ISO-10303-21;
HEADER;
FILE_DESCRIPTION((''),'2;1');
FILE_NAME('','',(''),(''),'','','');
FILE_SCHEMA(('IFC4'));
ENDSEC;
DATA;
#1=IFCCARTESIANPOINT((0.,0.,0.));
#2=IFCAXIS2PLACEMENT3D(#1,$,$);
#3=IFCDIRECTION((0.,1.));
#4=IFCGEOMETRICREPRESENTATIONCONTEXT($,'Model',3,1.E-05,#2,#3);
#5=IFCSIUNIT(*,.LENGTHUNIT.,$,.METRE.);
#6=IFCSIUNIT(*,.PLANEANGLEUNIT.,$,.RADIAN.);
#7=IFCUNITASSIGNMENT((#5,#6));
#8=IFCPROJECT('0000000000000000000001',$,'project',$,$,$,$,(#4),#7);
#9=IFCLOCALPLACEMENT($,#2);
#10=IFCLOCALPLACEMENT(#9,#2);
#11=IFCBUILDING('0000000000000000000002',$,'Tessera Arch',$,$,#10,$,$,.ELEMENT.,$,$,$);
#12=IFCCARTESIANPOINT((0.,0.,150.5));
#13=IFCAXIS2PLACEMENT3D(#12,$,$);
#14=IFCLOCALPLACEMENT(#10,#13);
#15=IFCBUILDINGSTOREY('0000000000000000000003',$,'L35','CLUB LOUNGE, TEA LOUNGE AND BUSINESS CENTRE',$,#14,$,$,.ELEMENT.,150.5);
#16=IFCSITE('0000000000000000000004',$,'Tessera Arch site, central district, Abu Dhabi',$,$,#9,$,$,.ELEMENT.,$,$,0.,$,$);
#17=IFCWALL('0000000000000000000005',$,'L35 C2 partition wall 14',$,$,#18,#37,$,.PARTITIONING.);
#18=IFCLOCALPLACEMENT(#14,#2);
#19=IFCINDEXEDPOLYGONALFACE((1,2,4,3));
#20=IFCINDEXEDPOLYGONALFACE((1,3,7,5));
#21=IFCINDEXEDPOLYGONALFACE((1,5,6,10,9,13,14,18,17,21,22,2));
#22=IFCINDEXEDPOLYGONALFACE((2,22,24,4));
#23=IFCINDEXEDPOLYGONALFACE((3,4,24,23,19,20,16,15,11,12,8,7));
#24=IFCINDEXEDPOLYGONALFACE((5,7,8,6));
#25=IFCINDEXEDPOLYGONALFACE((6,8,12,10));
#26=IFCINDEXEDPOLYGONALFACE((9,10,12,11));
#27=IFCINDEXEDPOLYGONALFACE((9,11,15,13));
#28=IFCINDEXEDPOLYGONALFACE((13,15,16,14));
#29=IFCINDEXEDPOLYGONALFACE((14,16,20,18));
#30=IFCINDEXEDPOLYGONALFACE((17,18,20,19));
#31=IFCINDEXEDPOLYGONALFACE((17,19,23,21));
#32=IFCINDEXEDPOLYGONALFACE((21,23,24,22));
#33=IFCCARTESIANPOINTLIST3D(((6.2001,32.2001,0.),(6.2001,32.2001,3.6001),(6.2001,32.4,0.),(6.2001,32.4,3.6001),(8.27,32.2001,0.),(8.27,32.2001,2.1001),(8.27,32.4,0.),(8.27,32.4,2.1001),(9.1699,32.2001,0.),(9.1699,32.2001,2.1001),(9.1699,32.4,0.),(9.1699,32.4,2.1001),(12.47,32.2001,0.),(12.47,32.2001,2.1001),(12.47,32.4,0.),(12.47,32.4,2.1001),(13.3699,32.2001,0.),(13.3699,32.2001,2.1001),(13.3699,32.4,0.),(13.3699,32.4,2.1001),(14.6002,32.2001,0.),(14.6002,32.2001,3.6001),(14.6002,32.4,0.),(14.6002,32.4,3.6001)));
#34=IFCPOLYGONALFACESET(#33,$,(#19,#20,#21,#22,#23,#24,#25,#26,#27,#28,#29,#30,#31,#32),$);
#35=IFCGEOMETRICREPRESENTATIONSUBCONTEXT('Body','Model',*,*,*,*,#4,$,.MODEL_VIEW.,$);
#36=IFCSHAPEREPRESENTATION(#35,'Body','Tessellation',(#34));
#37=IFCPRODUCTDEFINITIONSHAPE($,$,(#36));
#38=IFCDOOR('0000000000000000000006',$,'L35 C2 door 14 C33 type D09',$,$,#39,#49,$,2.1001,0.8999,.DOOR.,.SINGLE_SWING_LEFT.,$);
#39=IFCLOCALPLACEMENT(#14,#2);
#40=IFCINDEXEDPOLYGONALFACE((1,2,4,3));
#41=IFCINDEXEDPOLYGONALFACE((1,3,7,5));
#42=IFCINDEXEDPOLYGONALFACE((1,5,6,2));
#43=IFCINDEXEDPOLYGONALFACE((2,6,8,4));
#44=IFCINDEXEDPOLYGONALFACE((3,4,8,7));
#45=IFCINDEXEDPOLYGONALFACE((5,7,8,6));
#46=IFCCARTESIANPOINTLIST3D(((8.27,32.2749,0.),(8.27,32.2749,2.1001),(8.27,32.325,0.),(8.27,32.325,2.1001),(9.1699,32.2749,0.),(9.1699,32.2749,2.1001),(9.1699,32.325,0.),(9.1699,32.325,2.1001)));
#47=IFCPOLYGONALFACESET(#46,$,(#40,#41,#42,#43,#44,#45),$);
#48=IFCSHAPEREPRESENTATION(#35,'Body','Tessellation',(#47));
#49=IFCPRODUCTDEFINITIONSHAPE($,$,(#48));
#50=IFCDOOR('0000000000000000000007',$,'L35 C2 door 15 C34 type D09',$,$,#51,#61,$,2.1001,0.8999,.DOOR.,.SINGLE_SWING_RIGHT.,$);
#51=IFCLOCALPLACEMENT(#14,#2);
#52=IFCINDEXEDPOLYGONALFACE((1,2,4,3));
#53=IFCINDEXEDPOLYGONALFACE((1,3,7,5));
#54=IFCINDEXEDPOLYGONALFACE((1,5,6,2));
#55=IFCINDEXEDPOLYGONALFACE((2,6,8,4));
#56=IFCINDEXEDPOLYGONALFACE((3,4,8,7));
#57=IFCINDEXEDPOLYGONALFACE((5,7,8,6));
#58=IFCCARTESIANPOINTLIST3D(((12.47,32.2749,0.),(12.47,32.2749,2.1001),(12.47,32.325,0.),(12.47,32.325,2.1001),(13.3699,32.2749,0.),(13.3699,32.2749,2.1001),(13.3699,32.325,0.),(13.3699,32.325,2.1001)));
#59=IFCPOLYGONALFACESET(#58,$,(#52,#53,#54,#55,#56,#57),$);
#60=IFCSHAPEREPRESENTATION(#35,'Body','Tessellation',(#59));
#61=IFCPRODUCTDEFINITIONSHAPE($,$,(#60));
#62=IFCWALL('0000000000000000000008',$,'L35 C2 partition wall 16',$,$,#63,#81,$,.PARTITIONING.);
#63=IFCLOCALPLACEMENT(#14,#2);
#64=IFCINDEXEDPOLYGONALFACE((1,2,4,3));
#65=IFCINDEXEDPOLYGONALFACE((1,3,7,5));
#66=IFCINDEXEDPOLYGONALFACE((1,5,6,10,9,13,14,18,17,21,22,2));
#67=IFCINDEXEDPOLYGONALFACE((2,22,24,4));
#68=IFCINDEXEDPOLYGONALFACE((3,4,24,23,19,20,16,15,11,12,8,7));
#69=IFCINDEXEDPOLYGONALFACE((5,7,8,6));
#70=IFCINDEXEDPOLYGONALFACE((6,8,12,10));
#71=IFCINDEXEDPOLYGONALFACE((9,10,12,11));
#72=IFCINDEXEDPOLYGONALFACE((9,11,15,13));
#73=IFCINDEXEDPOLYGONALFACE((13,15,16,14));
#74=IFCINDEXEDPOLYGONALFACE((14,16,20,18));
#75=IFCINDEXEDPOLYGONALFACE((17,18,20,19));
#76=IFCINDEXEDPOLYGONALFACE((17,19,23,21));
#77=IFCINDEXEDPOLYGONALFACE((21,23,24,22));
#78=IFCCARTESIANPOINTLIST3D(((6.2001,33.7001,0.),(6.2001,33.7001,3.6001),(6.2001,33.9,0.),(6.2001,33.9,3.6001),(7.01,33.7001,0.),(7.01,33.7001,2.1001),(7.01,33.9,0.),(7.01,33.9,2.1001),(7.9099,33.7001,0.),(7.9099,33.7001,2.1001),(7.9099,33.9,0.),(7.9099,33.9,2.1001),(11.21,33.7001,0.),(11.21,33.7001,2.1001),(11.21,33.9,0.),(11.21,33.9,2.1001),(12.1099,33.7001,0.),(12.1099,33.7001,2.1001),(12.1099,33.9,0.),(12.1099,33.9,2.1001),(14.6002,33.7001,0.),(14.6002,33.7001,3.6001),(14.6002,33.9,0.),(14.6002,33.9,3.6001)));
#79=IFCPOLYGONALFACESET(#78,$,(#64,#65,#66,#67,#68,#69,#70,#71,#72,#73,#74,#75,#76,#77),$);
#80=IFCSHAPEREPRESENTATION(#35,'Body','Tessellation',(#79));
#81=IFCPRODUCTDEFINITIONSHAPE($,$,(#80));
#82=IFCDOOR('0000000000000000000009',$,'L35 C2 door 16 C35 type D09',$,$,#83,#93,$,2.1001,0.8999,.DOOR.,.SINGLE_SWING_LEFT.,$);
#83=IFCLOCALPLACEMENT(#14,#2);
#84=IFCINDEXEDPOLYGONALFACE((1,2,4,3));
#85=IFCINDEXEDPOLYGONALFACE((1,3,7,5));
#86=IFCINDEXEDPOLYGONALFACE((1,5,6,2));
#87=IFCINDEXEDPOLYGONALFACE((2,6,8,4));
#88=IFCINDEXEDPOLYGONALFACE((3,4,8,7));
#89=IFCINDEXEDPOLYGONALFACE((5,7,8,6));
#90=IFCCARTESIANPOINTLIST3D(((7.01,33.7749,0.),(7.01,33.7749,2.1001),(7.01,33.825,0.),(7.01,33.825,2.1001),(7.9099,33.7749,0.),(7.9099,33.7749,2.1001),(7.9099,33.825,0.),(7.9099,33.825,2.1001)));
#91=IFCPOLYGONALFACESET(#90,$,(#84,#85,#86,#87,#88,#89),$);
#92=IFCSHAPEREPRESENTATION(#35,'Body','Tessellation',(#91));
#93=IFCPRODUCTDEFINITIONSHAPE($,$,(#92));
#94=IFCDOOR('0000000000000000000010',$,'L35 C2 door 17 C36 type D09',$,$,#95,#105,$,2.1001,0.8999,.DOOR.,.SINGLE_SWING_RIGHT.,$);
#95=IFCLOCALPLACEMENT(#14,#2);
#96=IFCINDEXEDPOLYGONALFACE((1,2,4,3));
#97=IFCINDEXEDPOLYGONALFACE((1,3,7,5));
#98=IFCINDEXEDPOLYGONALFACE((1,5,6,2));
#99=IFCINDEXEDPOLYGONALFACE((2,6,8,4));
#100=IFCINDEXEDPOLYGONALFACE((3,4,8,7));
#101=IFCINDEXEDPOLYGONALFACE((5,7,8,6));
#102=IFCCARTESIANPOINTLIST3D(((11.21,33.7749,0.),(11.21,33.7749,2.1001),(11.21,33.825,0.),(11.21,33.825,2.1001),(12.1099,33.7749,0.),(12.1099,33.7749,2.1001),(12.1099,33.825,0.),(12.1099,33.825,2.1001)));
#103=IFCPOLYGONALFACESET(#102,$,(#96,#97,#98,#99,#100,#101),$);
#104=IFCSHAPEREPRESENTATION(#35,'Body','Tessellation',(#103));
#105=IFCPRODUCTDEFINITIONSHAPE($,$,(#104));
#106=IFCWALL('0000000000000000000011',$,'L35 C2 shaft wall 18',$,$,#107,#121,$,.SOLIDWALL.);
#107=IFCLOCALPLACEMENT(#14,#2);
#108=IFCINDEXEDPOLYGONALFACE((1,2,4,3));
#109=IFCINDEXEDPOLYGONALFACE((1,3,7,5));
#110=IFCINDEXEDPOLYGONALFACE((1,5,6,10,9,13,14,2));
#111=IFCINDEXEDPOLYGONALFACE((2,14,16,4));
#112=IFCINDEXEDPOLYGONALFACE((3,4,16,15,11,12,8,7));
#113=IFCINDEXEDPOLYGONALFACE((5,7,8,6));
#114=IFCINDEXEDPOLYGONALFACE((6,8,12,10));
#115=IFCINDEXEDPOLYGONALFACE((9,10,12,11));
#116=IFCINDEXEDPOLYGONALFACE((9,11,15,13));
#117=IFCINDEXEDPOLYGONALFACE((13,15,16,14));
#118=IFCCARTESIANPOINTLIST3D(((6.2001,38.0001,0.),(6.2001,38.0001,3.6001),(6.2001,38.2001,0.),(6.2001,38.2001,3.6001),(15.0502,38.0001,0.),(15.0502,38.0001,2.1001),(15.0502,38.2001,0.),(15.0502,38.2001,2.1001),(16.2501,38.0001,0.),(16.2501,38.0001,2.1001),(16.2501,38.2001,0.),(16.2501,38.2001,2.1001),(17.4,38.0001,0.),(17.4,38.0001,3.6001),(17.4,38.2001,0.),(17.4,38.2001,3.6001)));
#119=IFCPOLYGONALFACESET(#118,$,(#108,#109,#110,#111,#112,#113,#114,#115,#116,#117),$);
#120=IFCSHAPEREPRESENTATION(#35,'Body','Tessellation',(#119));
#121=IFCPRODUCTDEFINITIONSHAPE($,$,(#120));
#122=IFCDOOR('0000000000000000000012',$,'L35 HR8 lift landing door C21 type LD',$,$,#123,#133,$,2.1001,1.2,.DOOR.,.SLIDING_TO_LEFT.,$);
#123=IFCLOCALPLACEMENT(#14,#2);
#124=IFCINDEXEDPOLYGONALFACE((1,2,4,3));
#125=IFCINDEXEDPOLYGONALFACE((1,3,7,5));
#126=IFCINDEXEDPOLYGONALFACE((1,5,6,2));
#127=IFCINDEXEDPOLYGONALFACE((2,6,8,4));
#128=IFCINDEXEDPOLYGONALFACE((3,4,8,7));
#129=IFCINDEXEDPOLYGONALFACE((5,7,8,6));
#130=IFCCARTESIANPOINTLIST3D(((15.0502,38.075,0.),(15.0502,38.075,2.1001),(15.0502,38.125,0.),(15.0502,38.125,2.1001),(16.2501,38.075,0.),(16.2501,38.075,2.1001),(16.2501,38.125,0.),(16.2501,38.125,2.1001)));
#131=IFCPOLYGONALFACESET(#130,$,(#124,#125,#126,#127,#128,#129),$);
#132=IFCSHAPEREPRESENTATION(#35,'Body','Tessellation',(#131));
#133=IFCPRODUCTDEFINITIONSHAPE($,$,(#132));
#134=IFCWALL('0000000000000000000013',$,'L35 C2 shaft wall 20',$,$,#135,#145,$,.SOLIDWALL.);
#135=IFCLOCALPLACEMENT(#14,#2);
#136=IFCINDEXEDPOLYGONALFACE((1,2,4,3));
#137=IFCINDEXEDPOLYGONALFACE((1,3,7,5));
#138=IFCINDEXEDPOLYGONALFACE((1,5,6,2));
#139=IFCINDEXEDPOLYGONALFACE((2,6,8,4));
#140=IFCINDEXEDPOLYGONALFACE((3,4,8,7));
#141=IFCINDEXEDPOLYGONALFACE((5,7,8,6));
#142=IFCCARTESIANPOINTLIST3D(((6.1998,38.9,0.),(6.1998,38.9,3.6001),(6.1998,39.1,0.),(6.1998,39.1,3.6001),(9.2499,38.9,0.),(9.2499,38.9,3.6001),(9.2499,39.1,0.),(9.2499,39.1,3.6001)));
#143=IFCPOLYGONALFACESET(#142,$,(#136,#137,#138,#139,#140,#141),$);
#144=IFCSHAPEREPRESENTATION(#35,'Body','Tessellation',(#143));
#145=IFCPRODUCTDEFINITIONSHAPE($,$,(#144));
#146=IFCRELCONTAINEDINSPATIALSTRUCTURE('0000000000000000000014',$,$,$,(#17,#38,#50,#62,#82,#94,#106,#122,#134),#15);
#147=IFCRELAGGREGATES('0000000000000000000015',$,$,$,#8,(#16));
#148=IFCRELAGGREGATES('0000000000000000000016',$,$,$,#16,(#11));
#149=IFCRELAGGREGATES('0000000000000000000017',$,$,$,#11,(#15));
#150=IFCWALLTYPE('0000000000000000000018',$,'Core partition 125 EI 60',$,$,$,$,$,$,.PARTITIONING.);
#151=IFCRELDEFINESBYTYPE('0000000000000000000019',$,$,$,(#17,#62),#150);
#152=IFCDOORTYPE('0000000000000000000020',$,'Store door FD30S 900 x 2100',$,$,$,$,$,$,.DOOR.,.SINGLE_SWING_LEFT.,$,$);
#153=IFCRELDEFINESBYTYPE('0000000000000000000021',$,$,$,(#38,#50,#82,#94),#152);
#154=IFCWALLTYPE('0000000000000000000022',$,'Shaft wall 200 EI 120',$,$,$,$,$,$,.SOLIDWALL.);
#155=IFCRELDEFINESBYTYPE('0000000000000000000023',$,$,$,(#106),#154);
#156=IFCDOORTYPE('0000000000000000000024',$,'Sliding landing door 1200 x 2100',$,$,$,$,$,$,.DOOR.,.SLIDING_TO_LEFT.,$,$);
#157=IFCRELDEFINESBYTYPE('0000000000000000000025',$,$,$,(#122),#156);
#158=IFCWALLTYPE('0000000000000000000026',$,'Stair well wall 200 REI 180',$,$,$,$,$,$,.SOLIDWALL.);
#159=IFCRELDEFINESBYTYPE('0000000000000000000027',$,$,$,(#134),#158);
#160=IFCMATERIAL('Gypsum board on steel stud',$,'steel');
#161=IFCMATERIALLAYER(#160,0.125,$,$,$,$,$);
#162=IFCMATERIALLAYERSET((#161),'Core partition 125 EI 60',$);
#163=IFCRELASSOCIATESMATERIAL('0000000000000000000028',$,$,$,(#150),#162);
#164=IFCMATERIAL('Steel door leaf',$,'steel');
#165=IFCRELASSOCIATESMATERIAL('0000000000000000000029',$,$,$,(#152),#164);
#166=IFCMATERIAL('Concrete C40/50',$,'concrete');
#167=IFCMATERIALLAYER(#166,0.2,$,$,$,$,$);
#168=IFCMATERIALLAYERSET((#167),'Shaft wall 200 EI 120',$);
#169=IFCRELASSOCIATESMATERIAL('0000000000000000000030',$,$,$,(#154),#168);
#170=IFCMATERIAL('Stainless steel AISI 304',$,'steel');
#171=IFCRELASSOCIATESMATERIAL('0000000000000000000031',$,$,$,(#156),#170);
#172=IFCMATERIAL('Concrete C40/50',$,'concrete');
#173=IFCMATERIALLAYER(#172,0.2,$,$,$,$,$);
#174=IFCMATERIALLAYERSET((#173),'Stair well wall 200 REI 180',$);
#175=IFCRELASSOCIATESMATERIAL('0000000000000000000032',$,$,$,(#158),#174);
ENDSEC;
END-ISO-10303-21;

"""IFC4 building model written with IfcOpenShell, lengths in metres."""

from ifc_helpers import new_model, si_unit, direction, frame, frame_2d, origin, place, context, subcontext, project, spatial, rectangle, extrude, material, layer, layer_set, type_object, element, fill, save


model = new_model("IFC4")

# Units and contexts
model_context = context("Model", 3, precision=1e-05, world=origin(), true_north=direction((0.0, 1.0)))
body_context = subcontext(model_context, "Body", "Model", "MODEL_VIEW")
ifc_project = project(units=[si_unit("LENGTHUNIT", "METRE"), si_unit("PLANEANGLEUNIT", "RADIAN")], contexts=[model_context])

# Site, building, storey
site_placement = place(None, origin())
site = spatial("IfcSite", under=ifc_project, at=site_placement, Name="Tessera Arch site, central district, Abu Dhabi", CompositionType="ELEMENT", RefElevation=0.0)
building_placement = place(site_placement, origin())
building = spatial("IfcBuilding", under=site, at=building_placement, Name="Tessera Arch", CompositionType="ELEMENT")
storey_placement = place(building_placement, frame((0.0, 0.0, 150.5)))
storey = spatial("IfcBuildingStorey", under=building, at=storey_placement, Name="L35", Description="CLUB LOUNGE, TEA LOUNGE AND BUSINESS CENTRE", CompositionType="ELEMENT", Elevation=150.5)

# Walls, openings, doors
ifc_material_1 = material(Name="Gypsum board on steel stud", Category="steel")
ifc_layer_1 = layer(ifc_material_1, 0.125)
ifc_layer_set_1 = layer_set([ifc_layer_1], Name="Core partition 125 EI 60")
wall_type_1 = type_object("IfcWallType", Name="Core partition 125 EI 60", PredefinedType="PARTITIONING", material=ifc_layer_set_1)
wall_1_placement = place(storey_placement, frame((6.2, 32.3, 0.0), z_axis=(0.0, 0.0, 1.0), x_axis=(1.0, 0.0, 0.0)))
wall_1 = element("IfcWall", 1, at=wall_1_placement, inside=storey, type_object=wall_type_1, Name="L35 C2 partition wall 14", PredefinedType="PARTITIONING", context=body_context, shape_type="SweptSolid", body=[
    extrude(rectangle(XDim=8.4001, YDim=0.2, at=frame_2d((4.2002, 0.0))), origin(), (0.0, 0.0, 1.0), 3.6001),
])
opening_1_placement = place(wall_1_placement, frame((2.0701, 0.0, 0.0)))
opening_1 = element("IfcOpeningElement", 2, at=opening_1_placement, cuts=wall_1, PredefinedType="OPENING", context=body_context, shape_type="SweptSolid", body=[
    extrude(rectangle(XDim=0.8999, YDim=2.1001, at=frame_2d((0.45, 1.05))), frame((0.0, 0.1099, 0.0), z_axis=(0.0, -1.0, 0.0), x_axis=(1.0, 0.0, 0.0)), (0.0, 0.0, 1.0), 0.22),
])
opening_2_placement = place(wall_1_placement, frame((6.27, 0.0, 0.0)))
opening_2 = element("IfcOpeningElement", 3, at=opening_2_placement, cuts=wall_1, PredefinedType="OPENING", context=body_context, shape_type="SweptSolid", body=[
    extrude(rectangle(XDim=0.8999, YDim=2.1001, at=frame_2d((0.45, 1.05))), frame((0.0, 0.1099, 0.0), z_axis=(0.0, -1.0, 0.0), x_axis=(1.0, 0.0, 0.0)), (0.0, 0.0, 1.0), 0.22),
])
ifc_material_2 = material(Name="Steel door leaf", Category="steel")
door_type_1 = type_object("IfcDoorType", Name="Store door FD30S 900 x 2100", OperationType="SINGLE_SWING_LEFT", PredefinedType="DOOR", material=ifc_material_2)
door_1_placement = place(opening_1_placement, origin())
door_1 = element("IfcDoor", 4, at=door_1_placement, inside=storey, type_object=door_type_1, Name="L35 C2 door 14 C33 type D09", OperationType="SINGLE_SWING_LEFT", OverallHeight=2.1001, OverallWidth=0.8999, PredefinedType="DOOR", context=body_context, shape_type="SweptSolid", body=[
    extrude(rectangle(XDim=0.8999, YDim=2.1001, at=frame_2d((0.45, 1.05))), frame((0.0, 0.0249, 0.0), z_axis=(0.0, -1.0, 0.0), x_axis=(1.0, 0.0, 0.0)), (0.0, 0.0, 1.0), 0.05),
])
fill(opening_1, door_1)
door_2_placement = place(opening_2_placement, origin())
door_2 = element("IfcDoor", 5, at=door_2_placement, inside=storey, type_object=door_type_1, Name="L35 C2 door 15 C34 type D09", OperationType="SINGLE_SWING_RIGHT", OverallHeight=2.1001, OverallWidth=0.8999, PredefinedType="DOOR", context=body_context, shape_type="SweptSolid", body=[
    extrude(rectangle(XDim=0.8999, YDim=2.1001, at=frame_2d((0.45, 1.05))), frame((0.0, 0.0249, 0.0), z_axis=(0.0, -1.0, 0.0), x_axis=(1.0, 0.0, 0.0)), (0.0, 0.0, 1.0), 0.05),
])
fill(opening_2, door_2)
wall_2_placement = place(storey_placement, frame((6.2, 33.8, 0.0), z_axis=(0.0, 0.0, 1.0), x_axis=(1.0, 0.0, 0.0)))
wall_2 = element("IfcWall", 6, at=wall_2_placement, inside=storey, type_object=wall_type_1, Name="L35 C2 partition wall 16", PredefinedType="PARTITIONING", context=body_context, shape_type="SweptSolid", body=[
    extrude(rectangle(XDim=8.4001, YDim=0.2, at=frame_2d((4.2002, 0.0))), origin(), (0.0, 0.0, 1.0), 3.6001),
])
opening_3_placement = place(wall_2_placement, frame((0.8101, 0.0, 0.0)))
opening_3 = element("IfcOpeningElement", 7, at=opening_3_placement, cuts=wall_2, PredefinedType="OPENING", context=body_context, shape_type="SweptSolid", body=[
    extrude(rectangle(XDim=0.8999, YDim=2.1001, at=frame_2d((0.45, 1.05))), frame((0.0, 0.1099, 0.0), z_axis=(0.0, -1.0, 0.0), x_axis=(1.0, 0.0, 0.0)), (0.0, 0.0, 1.0), 0.22),
])
opening_4_placement = place(wall_2_placement, frame((5.01, 0.0, 0.0)))
opening_4 = element("IfcOpeningElement", 8, at=opening_4_placement, cuts=wall_2, PredefinedType="OPENING", context=body_context, shape_type="SweptSolid", body=[
    extrude(rectangle(XDim=0.8999, YDim=2.1001, at=frame_2d((0.45, 1.05))), frame((0.0, 0.1099, 0.0), z_axis=(0.0, -1.0, 0.0), x_axis=(1.0, 0.0, 0.0)), (0.0, 0.0, 1.0), 0.22),
])
door_3_placement = place(opening_3_placement, origin())
door_3 = element("IfcDoor", 9, at=door_3_placement, inside=storey, type_object=door_type_1, Name="L35 C2 door 16 C35 type D09", OperationType="SINGLE_SWING_LEFT", OverallHeight=2.1001, OverallWidth=0.8999, PredefinedType="DOOR", context=body_context, shape_type="SweptSolid", body=[
    extrude(rectangle(XDim=0.8999, YDim=2.1001, at=frame_2d((0.45, 1.05))), frame((0.0, 0.0249, 0.0), z_axis=(0.0, -1.0, 0.0), x_axis=(1.0, 0.0, 0.0)), (0.0, 0.0, 1.0), 0.05),
])
fill(opening_3, door_3)
door_4_placement = place(opening_4_placement, origin())
door_4 = element("IfcDoor", 10, at=door_4_placement, inside=storey, type_object=door_type_1, Name="L35 C2 door 17 C36 type D09", OperationType="SINGLE_SWING_RIGHT", OverallHeight=2.1001, OverallWidth=0.8999, PredefinedType="DOOR", context=body_context, shape_type="SweptSolid", body=[
    extrude(rectangle(XDim=0.8999, YDim=2.1001, at=frame_2d((0.45, 1.05))), frame((0.0, 0.0249, 0.0), z_axis=(0.0, -1.0, 0.0), x_axis=(1.0, 0.0, 0.0)), (0.0, 0.0, 1.0), 0.05),
])
fill(opening_4, door_4)

# Wall, opening, door
ifc_material_3 = material(Name="Concrete C40/50", Category="concrete")
ifc_layer_2 = layer(ifc_material_3, 0.2)
ifc_layer_set_2 = layer_set([ifc_layer_2], Name="Shaft wall 200 EI 120")
wall_type_2 = type_object("IfcWallType", Name="Shaft wall 200 EI 120", PredefinedType="SOLIDWALL", material=ifc_layer_set_2)
wall_3_placement = place(storey_placement, frame((6.2, 38.1001, 0.0), z_axis=(0.0, 0.0, 1.0), x_axis=(1.0, 0.0, 0.0)))
wall_3 = element("IfcWall", 11, at=wall_3_placement, inside=storey, type_object=wall_type_2, Name="L35 C2 shaft wall 18", PredefinedType="SOLIDWALL", context=body_context, shape_type="SweptSolid", body=[
    extrude(rectangle(XDim=11.2, YDim=0.2, at=frame_2d((5.6001, 0.0))), origin(), (0.0, 0.0, 1.0), 3.6001),
])
opening_5_placement = place(wall_3_placement, frame((8.8501, 0.0, 0.0)))
opening_5 = element("IfcOpeningElement", 12, at=opening_5_placement, cuts=wall_3, PredefinedType="OPENING", context=body_context, shape_type="SweptSolid", body=[
    extrude(rectangle(XDim=1.2, YDim=2.1001, at=frame_2d((0.6001, 1.05))), frame((0.0, 0.1099, 0.0), z_axis=(0.0, -1.0, 0.0), x_axis=(1.0, 0.0, 0.0)), (0.0, 0.0, 1.0), 0.22),
])
ifc_material_4 = material(Name="Stainless steel AISI 304", Category="steel")
door_type_2 = type_object("IfcDoorType", Name="Sliding landing door 1200 x 2100", OperationType="SLIDING_TO_LEFT", PredefinedType="DOOR", material=ifc_material_4)
door_5_placement = place(opening_5_placement, origin())
door_5 = element("IfcDoor", 13, at=door_5_placement, inside=storey, type_object=door_type_2, Name="L35 HR8 lift landing door C21 type LD", OperationType="SLIDING_TO_LEFT", OverallHeight=2.1001, OverallWidth=1.2, PredefinedType="DOOR", context=body_context, shape_type="SweptSolid", body=[
    extrude(rectangle(XDim=1.2, YDim=2.1001, at=frame_2d((0.6001, 1.05))), frame((0.0, 0.0249, 0.0), z_axis=(0.0, -1.0, 0.0), x_axis=(1.0, 0.0, 0.0)), (0.0, 0.0, 1.0), 0.05),
])
fill(opening_5, door_5)

# Wall
ifc_material_5 = material(Name="Concrete C40/50", Category="concrete")
ifc_layer_3 = layer(ifc_material_5, 0.2)
ifc_layer_set_3 = layer_set([ifc_layer_3], Name="Stair well wall 200 REI 180")
wall_type_3 = type_object("IfcWallType", Name="Stair well wall 200 REI 180", PredefinedType="SOLIDWALL", material=ifc_layer_set_3)
wall_4_placement = place(storey_placement, frame((6.2, 39.0, 0.0), z_axis=(0.0, 0.0, 1.0), x_axis=(1.0, 0.0, 0.0)))
element("IfcWall", 14, at=wall_4_placement, inside=storey, type_object=wall_type_3, Name="L35 C2 shaft wall 20", PredefinedType="SOLIDWALL", context=body_context, shape_type="SweptSolid", body=[
    extrude(rectangle(XDim=3.05, YDim=0.2, at=frame_2d((1.5249, 0.0))), origin(), (0.0, 0.0, 1.0), 3.6001),
])

save(model, "model.ifc")
